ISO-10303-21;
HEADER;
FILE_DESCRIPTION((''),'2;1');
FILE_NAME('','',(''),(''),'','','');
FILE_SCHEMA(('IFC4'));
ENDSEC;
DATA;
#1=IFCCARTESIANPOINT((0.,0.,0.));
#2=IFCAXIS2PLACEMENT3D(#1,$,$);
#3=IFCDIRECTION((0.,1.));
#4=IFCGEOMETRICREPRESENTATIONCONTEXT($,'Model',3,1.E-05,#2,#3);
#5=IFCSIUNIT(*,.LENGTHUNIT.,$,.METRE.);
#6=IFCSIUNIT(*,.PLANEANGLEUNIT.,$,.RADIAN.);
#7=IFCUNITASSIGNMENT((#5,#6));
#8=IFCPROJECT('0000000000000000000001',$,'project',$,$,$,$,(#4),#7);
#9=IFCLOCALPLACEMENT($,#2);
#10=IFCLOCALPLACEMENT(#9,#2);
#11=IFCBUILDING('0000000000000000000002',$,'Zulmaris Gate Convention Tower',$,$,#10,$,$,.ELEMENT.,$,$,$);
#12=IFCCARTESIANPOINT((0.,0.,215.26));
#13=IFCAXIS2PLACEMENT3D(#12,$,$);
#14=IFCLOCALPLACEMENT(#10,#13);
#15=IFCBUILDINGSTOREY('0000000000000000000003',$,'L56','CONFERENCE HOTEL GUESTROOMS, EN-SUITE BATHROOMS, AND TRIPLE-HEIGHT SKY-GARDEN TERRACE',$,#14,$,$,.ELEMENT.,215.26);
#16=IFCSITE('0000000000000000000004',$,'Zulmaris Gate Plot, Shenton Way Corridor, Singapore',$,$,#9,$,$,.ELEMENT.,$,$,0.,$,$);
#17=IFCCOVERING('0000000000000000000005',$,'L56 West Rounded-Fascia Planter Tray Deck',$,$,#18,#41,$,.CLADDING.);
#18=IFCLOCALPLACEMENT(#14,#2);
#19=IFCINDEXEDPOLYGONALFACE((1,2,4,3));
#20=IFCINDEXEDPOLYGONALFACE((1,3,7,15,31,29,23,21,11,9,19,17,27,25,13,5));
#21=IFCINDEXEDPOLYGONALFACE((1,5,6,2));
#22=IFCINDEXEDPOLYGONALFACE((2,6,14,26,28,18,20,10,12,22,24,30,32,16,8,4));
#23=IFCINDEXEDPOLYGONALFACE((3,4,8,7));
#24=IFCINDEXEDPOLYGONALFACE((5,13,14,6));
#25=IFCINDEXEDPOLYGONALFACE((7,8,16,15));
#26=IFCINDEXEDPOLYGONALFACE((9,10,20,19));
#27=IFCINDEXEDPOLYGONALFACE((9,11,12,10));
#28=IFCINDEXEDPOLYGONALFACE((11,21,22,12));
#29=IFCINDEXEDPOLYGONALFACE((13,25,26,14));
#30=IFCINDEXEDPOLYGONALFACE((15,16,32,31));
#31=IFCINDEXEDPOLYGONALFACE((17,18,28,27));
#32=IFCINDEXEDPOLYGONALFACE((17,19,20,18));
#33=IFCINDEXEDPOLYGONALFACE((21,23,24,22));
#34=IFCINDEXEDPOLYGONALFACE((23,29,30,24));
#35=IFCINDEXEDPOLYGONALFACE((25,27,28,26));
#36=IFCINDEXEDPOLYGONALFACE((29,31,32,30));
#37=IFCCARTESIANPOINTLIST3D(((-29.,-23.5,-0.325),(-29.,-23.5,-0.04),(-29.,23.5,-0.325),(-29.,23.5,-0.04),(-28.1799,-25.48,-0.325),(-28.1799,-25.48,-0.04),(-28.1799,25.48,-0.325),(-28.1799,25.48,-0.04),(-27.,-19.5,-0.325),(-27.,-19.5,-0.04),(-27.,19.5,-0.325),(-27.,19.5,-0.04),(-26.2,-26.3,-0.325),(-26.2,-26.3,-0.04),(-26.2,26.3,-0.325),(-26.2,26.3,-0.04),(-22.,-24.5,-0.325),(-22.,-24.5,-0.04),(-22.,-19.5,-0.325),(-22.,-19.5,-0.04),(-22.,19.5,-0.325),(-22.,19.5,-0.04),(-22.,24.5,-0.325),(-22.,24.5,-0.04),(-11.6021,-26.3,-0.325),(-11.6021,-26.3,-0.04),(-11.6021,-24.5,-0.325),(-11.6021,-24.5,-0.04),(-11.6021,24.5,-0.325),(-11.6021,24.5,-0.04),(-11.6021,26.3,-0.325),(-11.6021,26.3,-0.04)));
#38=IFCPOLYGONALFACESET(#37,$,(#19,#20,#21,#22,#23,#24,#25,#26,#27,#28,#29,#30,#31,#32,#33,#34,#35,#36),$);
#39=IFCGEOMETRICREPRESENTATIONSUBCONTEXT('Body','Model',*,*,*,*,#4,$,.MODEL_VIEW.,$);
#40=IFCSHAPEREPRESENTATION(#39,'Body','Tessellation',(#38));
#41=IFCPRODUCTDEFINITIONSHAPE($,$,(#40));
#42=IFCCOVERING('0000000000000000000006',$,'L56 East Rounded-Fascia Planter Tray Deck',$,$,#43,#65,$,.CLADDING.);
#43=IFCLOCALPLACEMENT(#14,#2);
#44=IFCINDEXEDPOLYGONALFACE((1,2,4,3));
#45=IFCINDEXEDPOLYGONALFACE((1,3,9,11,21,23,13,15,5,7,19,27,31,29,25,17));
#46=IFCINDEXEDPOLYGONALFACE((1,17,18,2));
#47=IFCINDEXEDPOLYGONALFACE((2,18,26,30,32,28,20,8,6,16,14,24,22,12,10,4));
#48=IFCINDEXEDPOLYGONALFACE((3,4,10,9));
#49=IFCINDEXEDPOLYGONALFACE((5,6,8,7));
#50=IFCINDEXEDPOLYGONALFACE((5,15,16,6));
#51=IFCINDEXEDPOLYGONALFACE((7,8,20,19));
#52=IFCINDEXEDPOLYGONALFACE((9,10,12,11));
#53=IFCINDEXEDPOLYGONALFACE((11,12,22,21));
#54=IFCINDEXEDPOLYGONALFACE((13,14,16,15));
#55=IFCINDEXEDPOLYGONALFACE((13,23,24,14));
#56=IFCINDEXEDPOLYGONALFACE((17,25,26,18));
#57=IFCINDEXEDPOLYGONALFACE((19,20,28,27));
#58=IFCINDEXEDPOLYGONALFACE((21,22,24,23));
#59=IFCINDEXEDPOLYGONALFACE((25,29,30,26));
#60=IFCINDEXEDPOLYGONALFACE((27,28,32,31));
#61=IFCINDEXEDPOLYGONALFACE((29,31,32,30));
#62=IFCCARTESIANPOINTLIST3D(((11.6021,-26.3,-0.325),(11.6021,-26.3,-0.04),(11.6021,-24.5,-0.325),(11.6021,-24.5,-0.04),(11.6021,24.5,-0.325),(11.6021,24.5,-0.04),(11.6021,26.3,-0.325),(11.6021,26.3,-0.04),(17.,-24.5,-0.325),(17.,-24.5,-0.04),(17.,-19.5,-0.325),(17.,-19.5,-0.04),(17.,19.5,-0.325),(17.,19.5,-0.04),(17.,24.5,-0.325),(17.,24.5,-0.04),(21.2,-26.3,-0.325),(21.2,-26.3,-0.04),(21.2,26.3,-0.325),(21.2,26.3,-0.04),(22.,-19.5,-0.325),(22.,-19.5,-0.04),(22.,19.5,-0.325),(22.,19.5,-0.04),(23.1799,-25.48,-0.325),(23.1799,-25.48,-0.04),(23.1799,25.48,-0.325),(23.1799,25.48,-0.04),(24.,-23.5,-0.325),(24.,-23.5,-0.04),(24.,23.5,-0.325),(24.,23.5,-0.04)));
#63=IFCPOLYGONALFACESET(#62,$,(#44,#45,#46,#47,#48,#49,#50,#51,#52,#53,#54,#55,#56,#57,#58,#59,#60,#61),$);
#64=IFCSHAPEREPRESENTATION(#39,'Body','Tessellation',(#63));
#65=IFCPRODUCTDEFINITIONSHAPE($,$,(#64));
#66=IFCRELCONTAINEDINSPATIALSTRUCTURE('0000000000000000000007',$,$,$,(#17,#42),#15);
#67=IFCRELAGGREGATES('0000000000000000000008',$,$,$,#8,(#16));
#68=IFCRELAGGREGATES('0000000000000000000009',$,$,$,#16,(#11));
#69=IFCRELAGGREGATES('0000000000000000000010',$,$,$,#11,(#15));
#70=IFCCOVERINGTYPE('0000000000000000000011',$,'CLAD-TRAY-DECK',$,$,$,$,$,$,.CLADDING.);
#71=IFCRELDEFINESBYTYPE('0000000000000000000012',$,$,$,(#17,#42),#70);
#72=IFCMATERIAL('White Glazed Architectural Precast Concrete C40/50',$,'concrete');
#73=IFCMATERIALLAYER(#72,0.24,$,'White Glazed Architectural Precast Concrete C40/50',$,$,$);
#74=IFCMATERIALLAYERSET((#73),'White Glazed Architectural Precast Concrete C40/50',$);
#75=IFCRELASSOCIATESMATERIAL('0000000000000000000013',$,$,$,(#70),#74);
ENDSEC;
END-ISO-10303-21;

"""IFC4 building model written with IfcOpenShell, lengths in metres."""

from ifc_helpers import new_model, si_unit, direction, frame, origin, place, context, subcontext, project, spatial, polyline, outline, extrude, material, layer, layer_set, type_object, element, save


model = new_model("IFC4")

# Units and contexts
model_context = context("Model", 3, precision=1e-05, world=origin(), true_north=direction((0.0, 1.0)))
body_context = subcontext(model_context, "Body", "Model", "MODEL_VIEW")
ifc_project = project(units=[si_unit("LENGTHUNIT", "METRE"), si_unit("PLANEANGLEUNIT", "RADIAN")], contexts=[model_context])

# Site, building, storey
site_placement = place(None, origin())
site = spatial("IfcSite", under=ifc_project, at=site_placement, Name="Zulmaris Gate Plot, Shenton Way Corridor, Singapore", CompositionType="ELEMENT", RefElevation=0.0)
building_placement = place(site_placement, origin())
building = spatial("IfcBuilding", under=site, at=building_placement, Name="Zulmaris Gate Convention Tower", CompositionType="ELEMENT")
storey_placement = place(building_placement, frame((0.0, 0.0, 215.26)))
storey = spatial("IfcBuildingStorey", under=building, at=storey_placement, Name="L56", Description="CONFERENCE HOTEL GUESTROOMS, EN-SUITE BATHROOMS, AND TRIPLE-HEIGHT SKY-GARDEN TERRACE", CompositionType="ELEMENT", Elevation=215.26)

# Coverings
ifc_material_1 = material(Name="White Glazed Architectural Precast Concrete C40/50", Category="concrete")
ifc_layer_1 = layer(ifc_material_1, 0.24, Name="White Glazed Architectural Precast Concrete C40/50")
ifc_layer_set_1 = layer_set([ifc_layer_1], Name="White Glazed Architectural Precast Concrete C40/50")
covering_type = type_object("IfcCoveringType", Name="CLAD-TRAY-DECK", PredefinedType="CLADDING", material=ifc_layer_set_1)
covering_1_placement = place(storey_placement, frame((0.0, 0.0, -0.325)))
element("IfcCovering", 1, at=covering_1_placement, inside=storey, type_object=covering_type, Name="L56 West Rounded-Fascia Planter Tray Deck", PredefinedType="CLADDING", context=body_context, shape_type="SweptSolid", body=[
    extrude(outline(polyline([(-29.0, 23.5), (-28.1799, 25.48), (-26.2, 26.3), (-11.6021, 26.3), (-11.6021, 24.5), (-22.0, 24.5), (-22.0, 19.5), (-27.0, 19.5), (-27.0, -19.5), (-22.0, -19.5), (-22.0, -24.5), (-11.6021, -24.5), (-11.6021, -26.3), (-26.2, -26.3), (-28.1799, -25.48), (-29.0, -23.5), (-29.0, 23.5)])), origin(), (0.0, 0.0, 1.0), 0.2849),
])
covering_2_placement = place(storey_placement, frame((0.0, 0.0, -0.325)))
element("IfcCovering", 2, at=covering_2_placement, inside=storey, type_object=covering_type, Name="L56 East Rounded-Fascia Planter Tray Deck", PredefinedType="CLADDING", context=body_context, shape_type="SweptSolid", body=[
    extrude(outline(polyline([(21.2, 26.3), (23.1799, 25.48), (24.0, 23.5), (24.0, -23.5), (23.1799, -25.48), (21.2, -26.3), (11.6021, -26.3), (11.6021, -24.5), (17.0, -24.5), (17.0, -19.5), (22.0, -19.5), (22.0, 19.5), (17.0, 19.5), (17.0, 24.5), (11.6021, 24.5), (11.6021, 26.3), (21.2, 26.3)])), origin(), (0.0, 0.0, 1.0), 0.2849),
])

save(model, "model.ifc")
